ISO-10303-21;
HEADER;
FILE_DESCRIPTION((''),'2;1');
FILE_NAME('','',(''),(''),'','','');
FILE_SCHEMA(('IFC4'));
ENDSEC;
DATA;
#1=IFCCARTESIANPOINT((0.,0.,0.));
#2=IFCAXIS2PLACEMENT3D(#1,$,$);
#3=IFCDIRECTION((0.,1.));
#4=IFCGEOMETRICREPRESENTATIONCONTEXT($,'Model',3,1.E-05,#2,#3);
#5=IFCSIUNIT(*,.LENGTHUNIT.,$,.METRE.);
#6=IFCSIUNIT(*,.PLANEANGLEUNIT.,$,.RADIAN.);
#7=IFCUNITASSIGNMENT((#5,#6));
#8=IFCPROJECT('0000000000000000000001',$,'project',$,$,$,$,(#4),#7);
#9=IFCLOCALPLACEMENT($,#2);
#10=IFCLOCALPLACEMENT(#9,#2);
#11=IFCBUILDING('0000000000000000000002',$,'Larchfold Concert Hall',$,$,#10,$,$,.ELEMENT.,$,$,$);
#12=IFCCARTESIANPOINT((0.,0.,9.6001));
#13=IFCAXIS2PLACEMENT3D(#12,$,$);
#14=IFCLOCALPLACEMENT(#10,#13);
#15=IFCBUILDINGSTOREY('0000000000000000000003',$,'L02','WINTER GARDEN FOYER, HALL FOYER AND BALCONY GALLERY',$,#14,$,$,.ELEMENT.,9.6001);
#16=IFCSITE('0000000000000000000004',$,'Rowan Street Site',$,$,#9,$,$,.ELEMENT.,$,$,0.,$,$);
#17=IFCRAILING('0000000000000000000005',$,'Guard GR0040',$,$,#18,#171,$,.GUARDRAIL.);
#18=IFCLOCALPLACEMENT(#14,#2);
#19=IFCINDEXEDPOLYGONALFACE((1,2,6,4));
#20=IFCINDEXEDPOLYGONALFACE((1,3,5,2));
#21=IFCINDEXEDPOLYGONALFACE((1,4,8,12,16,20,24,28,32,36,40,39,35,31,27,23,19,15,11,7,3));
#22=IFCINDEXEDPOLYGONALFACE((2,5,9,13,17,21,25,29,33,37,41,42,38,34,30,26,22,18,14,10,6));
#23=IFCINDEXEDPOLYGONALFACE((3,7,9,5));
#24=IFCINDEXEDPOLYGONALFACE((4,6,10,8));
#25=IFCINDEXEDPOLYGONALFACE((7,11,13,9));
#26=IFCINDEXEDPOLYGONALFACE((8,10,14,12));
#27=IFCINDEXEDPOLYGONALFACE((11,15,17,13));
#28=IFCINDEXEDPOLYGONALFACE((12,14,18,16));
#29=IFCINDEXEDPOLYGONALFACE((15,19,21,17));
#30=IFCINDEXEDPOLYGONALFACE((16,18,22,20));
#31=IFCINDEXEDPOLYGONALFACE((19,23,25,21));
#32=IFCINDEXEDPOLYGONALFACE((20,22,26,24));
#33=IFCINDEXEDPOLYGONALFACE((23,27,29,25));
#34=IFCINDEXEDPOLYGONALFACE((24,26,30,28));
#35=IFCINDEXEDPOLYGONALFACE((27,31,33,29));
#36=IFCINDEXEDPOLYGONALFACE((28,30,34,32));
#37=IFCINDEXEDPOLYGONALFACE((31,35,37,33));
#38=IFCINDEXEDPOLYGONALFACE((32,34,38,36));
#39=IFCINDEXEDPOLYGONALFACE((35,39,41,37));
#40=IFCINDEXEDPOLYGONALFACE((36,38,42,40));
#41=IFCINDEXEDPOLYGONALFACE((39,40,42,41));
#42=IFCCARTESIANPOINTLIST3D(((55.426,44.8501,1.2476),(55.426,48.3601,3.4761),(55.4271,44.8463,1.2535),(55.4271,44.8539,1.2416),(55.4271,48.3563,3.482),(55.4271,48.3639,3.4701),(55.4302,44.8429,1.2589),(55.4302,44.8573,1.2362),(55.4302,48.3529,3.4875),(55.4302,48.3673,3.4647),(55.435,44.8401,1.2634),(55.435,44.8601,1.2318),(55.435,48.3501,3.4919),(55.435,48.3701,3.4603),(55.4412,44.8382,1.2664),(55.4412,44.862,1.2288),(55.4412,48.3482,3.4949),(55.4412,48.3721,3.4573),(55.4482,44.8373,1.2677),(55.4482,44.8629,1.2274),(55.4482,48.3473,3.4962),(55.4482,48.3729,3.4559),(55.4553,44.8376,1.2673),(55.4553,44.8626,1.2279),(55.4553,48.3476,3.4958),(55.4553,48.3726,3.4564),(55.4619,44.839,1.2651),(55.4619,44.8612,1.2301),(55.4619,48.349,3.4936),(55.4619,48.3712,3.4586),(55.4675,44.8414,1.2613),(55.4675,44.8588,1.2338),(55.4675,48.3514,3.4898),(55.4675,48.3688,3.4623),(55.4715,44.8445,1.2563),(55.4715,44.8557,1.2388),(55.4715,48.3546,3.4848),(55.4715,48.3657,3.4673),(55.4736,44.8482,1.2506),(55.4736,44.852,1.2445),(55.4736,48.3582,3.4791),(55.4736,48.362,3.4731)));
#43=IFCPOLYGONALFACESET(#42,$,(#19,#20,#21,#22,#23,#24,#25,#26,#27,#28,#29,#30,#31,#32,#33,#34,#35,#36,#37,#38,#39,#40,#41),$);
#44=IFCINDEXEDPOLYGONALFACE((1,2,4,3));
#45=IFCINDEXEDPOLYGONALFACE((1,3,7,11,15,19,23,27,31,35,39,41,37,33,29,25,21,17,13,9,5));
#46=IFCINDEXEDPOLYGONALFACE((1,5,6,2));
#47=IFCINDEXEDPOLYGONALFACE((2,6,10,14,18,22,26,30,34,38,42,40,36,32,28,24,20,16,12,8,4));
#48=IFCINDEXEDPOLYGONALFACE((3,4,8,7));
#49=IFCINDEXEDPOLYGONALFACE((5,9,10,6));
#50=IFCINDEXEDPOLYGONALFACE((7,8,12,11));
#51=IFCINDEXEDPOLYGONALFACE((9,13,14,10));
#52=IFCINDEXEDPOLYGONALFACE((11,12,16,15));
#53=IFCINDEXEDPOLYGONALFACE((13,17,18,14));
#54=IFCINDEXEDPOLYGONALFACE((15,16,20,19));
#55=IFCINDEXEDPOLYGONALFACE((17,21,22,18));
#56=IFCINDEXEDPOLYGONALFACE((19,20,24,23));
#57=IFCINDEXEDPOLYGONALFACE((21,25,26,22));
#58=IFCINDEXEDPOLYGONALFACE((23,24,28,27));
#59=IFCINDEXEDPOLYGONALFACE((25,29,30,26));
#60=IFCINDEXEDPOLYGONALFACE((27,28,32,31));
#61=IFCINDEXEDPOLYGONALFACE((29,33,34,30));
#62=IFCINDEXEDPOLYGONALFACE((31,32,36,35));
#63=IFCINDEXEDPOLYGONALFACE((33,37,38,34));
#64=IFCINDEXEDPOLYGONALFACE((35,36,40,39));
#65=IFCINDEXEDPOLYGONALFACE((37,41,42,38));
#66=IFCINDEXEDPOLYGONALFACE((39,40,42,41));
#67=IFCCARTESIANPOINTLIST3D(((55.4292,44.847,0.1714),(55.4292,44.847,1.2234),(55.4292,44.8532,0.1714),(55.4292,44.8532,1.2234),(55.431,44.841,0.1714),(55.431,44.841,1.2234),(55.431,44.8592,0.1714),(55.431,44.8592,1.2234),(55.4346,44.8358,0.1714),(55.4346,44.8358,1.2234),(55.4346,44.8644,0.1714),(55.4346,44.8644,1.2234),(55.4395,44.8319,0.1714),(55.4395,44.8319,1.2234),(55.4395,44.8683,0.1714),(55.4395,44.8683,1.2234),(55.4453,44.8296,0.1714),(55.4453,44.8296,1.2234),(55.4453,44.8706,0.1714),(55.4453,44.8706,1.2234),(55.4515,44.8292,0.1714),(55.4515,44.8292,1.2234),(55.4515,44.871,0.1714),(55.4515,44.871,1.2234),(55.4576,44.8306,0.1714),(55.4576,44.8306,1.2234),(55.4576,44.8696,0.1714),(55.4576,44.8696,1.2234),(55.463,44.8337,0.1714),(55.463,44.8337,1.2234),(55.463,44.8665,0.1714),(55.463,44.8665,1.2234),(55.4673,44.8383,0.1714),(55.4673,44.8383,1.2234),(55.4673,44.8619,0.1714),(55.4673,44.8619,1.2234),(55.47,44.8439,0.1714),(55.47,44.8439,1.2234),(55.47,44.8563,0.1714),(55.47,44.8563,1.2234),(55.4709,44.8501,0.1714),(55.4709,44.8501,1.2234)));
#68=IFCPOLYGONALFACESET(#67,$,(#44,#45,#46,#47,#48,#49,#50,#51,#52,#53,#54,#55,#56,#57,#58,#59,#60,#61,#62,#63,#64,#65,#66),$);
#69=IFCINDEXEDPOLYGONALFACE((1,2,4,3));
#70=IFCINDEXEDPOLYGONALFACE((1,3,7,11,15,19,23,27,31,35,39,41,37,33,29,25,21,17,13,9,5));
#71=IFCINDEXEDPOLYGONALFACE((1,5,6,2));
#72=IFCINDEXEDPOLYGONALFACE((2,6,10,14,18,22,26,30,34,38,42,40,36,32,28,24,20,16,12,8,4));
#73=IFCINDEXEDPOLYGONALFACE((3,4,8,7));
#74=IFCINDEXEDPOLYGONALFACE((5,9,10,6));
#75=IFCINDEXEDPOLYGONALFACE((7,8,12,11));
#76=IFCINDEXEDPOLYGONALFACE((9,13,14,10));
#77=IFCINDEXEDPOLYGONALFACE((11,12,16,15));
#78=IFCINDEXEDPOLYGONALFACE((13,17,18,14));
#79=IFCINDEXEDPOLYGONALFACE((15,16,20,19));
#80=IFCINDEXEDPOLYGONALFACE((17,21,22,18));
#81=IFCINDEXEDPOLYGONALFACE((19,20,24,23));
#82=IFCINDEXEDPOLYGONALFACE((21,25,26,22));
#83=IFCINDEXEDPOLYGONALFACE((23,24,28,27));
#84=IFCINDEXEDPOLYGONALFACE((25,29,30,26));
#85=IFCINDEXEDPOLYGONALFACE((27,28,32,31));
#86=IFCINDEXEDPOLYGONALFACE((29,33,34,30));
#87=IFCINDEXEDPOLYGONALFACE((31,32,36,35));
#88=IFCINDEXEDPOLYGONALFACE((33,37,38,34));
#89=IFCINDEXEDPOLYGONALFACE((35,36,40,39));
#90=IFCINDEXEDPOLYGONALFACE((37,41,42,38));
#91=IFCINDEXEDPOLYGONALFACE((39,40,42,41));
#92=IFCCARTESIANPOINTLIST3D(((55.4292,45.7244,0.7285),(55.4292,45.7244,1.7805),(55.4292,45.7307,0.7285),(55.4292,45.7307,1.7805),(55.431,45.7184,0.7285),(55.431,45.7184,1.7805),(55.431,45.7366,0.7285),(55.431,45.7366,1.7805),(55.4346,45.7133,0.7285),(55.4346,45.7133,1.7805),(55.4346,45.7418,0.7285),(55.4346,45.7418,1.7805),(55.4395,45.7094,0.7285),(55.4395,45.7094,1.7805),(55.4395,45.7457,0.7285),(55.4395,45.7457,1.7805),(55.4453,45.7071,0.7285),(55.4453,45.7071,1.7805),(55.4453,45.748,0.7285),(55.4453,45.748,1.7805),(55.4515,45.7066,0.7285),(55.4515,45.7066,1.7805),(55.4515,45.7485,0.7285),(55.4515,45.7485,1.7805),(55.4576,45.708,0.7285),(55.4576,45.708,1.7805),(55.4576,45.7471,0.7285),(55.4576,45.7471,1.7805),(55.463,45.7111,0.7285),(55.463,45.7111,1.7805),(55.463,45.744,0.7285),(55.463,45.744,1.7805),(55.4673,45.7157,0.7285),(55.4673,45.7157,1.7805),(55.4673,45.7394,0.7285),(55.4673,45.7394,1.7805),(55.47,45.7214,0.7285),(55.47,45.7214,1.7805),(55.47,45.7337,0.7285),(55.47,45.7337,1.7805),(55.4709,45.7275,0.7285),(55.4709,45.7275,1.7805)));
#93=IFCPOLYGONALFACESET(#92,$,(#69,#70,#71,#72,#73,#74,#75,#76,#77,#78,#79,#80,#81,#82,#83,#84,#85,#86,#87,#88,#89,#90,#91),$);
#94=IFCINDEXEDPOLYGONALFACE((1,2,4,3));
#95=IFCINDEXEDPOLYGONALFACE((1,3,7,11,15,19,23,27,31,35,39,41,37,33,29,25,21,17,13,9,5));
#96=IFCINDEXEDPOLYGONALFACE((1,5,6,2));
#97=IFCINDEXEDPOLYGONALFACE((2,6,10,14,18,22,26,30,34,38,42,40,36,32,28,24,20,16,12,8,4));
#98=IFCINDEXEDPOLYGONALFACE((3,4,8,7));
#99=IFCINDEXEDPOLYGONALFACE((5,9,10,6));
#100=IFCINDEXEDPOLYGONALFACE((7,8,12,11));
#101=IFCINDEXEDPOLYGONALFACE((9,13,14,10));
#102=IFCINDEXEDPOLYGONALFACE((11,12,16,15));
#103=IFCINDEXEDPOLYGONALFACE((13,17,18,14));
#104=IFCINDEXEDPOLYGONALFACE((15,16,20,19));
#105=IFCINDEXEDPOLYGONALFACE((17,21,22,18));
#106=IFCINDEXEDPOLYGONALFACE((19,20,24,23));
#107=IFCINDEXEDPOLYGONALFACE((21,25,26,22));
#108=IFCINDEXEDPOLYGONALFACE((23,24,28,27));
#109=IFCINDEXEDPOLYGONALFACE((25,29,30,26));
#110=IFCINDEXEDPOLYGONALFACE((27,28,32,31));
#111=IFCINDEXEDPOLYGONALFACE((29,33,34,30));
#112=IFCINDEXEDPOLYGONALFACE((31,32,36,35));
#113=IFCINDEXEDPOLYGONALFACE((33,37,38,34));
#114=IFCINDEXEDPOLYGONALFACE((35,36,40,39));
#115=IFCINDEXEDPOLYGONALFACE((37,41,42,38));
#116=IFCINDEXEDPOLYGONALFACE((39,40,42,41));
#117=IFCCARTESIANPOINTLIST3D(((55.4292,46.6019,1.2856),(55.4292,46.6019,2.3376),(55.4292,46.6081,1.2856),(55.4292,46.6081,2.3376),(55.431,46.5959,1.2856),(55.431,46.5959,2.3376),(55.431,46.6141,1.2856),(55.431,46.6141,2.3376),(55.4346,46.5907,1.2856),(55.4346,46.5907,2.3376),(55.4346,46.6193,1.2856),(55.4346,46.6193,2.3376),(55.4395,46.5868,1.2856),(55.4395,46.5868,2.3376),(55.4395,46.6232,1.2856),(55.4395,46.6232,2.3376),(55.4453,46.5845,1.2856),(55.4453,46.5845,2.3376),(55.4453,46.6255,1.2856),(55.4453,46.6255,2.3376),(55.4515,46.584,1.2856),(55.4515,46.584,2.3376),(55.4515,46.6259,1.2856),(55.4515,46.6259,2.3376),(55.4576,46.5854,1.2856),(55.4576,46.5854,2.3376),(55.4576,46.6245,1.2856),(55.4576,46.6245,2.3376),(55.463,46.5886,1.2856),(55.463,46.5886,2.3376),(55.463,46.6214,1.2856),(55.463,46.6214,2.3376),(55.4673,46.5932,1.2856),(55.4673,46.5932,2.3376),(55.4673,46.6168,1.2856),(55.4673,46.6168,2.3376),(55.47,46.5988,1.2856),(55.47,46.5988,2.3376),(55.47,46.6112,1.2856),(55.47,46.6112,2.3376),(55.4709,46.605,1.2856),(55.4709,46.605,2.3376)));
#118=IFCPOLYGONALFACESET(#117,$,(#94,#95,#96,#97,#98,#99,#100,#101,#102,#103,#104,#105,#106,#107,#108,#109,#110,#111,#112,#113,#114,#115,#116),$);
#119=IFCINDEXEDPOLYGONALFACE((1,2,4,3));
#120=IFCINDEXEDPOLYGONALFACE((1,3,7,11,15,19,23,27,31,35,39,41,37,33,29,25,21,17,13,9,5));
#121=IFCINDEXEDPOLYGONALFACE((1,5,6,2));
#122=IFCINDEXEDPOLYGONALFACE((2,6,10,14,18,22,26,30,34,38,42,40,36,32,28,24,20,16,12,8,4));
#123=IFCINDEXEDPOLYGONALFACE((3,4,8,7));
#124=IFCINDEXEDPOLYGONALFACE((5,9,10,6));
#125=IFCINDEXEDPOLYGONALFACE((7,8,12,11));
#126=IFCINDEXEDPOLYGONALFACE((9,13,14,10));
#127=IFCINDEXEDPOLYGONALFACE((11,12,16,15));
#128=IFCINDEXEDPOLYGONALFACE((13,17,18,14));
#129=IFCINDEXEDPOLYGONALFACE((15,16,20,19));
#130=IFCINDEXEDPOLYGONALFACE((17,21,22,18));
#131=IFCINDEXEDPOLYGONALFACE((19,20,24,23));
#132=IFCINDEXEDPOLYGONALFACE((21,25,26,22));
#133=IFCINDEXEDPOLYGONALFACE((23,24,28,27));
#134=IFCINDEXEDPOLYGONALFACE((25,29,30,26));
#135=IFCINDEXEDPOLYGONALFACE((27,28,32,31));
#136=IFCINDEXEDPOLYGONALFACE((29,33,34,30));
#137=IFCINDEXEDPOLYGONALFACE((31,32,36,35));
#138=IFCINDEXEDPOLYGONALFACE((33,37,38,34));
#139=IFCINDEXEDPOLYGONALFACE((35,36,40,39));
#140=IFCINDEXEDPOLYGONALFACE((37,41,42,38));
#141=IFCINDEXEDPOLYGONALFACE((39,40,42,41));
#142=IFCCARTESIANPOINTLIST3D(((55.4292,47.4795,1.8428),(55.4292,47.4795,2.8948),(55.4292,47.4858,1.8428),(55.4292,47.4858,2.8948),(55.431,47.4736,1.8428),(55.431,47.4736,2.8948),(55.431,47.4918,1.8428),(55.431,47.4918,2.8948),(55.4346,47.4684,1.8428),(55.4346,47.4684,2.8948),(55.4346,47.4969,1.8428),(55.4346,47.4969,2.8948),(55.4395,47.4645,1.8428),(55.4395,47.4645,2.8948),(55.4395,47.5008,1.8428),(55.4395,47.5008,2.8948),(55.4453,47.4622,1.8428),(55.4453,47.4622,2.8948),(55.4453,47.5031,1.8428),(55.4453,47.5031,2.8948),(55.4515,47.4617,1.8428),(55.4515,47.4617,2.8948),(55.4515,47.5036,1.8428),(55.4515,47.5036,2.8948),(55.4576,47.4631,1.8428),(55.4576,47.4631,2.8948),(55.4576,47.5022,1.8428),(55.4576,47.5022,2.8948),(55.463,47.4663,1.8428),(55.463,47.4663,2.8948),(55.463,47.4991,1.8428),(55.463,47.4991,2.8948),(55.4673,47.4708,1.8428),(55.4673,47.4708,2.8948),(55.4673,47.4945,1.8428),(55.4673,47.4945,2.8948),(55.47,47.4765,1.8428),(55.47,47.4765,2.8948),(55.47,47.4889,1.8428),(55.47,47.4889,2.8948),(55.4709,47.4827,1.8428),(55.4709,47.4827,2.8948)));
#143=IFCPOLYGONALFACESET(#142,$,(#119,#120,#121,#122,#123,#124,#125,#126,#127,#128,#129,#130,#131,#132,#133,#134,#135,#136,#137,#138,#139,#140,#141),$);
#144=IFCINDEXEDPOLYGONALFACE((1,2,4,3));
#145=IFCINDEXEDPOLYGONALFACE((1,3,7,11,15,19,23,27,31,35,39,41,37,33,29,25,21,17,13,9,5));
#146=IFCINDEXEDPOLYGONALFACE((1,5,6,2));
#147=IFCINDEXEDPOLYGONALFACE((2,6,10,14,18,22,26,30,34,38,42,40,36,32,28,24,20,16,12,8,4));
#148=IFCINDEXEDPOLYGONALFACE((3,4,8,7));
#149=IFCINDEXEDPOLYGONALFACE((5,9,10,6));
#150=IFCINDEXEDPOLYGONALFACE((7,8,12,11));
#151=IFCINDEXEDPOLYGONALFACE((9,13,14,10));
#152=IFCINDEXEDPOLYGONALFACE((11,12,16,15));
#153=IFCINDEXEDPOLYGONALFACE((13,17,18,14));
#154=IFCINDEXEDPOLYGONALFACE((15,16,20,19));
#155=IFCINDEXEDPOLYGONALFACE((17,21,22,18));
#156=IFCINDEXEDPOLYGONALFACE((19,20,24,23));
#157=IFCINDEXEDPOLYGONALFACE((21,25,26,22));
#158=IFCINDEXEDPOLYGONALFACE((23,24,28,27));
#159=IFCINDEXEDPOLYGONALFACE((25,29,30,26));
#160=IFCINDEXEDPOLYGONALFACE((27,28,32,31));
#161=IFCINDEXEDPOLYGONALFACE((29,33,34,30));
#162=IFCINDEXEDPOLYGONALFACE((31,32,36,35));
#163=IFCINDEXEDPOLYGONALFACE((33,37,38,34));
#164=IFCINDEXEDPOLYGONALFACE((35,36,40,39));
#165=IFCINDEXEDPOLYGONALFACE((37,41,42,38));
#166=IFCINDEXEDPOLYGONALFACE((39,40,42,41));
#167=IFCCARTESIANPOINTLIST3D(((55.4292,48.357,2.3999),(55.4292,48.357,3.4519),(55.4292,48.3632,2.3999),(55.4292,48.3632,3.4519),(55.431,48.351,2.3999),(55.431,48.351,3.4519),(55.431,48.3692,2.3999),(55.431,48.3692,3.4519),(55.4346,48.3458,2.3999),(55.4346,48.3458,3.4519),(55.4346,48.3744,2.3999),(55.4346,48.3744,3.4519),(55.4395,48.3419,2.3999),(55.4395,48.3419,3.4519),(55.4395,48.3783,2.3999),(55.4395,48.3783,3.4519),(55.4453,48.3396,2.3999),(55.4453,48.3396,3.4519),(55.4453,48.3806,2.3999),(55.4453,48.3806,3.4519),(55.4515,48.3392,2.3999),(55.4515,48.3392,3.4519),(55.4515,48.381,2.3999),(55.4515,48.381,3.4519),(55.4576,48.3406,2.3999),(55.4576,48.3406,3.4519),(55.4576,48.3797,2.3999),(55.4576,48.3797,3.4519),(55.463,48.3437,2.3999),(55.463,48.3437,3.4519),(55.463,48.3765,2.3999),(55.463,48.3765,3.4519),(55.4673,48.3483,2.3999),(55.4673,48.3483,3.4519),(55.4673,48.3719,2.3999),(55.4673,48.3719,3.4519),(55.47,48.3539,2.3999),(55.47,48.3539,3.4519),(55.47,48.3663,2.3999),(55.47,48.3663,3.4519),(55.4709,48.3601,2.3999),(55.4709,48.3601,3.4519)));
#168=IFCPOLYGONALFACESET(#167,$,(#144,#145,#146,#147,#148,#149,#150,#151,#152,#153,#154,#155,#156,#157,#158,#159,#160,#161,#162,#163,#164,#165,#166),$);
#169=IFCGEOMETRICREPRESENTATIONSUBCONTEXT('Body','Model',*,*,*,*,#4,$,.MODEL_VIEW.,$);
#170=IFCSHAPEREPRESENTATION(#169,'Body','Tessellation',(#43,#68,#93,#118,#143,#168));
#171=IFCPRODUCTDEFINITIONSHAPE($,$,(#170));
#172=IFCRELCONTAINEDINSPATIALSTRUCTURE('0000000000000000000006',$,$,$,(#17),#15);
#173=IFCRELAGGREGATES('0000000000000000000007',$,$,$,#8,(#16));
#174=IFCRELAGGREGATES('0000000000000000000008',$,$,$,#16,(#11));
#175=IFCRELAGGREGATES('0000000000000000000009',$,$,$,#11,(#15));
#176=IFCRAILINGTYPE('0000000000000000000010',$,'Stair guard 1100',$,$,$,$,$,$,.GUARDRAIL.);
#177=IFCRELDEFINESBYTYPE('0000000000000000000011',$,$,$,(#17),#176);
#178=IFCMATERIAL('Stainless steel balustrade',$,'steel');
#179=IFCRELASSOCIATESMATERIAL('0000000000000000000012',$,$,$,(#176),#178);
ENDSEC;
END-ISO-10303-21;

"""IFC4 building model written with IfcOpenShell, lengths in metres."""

from ifc_helpers import new_model, si_unit, direction, frame, origin, origin_2d, place, context, subcontext, project, spatial, circle, extrude, material, type_object, element, save


model = new_model("IFC4")

# Units and contexts
model_context = context("Model", 3, precision=1e-05, world=origin(), true_north=direction((0.0, 1.0)))
body_context = subcontext(model_context, "Body", "Model", "MODEL_VIEW")
ifc_project = project(units=[si_unit("LENGTHUNIT", "METRE"), si_unit("PLANEANGLEUNIT", "RADIAN")], contexts=[model_context])

# Site, building, storey
site_placement = place(None, origin())
site = spatial("IfcSite", under=ifc_project, at=site_placement, Name="Rowan Street Site", CompositionType="ELEMENT", RefElevation=0.0)
building_placement = place(site_placement, origin())
building = spatial("IfcBuilding", under=site, at=building_placement, Name="Larchfold Concert Hall", CompositionType="ELEMENT")
storey_placement = place(building_placement, frame((0.0, 0.0, 9.6001)))
storey = spatial("IfcBuildingStorey", under=building, at=storey_placement, Name="L02", Description="WINTER GARDEN FOYER, HALL FOYER AND BALCONY GALLERY", CompositionType="ELEMENT", Elevation=9.6001)

# Railing
ifc_material_1 = material(Name="Stainless steel balustrade", Category="steel")
railing_type_1 = type_object("IfcRailingType", Name="Stair guard 1100", PredefinedType="GUARDRAIL", material=ifc_material_1)
railing_1_placement = place(storey_placement, frame((55.45, 44.8501, 0.1714)))
element("IfcRailing", 1, at=railing_1_placement, inside=storey, type_object=railing_type_1, Name="Guard GR0040", PredefinedType="GUARDRAIL", context=body_context, shape_type="SweptSolid", body=[
    extrude(circle(Radius=0.0239, at=origin_2d()), frame((0.0, 0.0, 1.0762), z_axis=(0.0, 0.84422, 0.535998), x_axis=(-1.0, 0.0, 0.0)), (0.0, 0.0, 1.0), 4.1577),
    extrude(circle(Radius=0.021, at=origin_2d()), origin(), (0.0, 0.0, 1.0), 1.052),
    extrude(circle(Radius=0.021, at=origin_2d()), frame((0.0, 0.8774, 0.5571)), (0.0, 0.0, 1.0), 1.052),
    extrude(circle(Radius=0.021, at=origin_2d()), frame((0.0, 1.7549, 1.1143)), (0.0, 0.0, 1.0), 1.052),
    extrude(circle(Radius=0.021, at=origin_2d()), frame((0.0, 2.6326, 1.6714)), (0.0, 0.0, 1.0), 1.052),
    extrude(circle(Radius=0.021, at=origin_2d()), frame((0.0, 3.51, 2.2285)), (0.0, 0.0, 1.0), 1.052),
])

save(model, "model.ifc")
